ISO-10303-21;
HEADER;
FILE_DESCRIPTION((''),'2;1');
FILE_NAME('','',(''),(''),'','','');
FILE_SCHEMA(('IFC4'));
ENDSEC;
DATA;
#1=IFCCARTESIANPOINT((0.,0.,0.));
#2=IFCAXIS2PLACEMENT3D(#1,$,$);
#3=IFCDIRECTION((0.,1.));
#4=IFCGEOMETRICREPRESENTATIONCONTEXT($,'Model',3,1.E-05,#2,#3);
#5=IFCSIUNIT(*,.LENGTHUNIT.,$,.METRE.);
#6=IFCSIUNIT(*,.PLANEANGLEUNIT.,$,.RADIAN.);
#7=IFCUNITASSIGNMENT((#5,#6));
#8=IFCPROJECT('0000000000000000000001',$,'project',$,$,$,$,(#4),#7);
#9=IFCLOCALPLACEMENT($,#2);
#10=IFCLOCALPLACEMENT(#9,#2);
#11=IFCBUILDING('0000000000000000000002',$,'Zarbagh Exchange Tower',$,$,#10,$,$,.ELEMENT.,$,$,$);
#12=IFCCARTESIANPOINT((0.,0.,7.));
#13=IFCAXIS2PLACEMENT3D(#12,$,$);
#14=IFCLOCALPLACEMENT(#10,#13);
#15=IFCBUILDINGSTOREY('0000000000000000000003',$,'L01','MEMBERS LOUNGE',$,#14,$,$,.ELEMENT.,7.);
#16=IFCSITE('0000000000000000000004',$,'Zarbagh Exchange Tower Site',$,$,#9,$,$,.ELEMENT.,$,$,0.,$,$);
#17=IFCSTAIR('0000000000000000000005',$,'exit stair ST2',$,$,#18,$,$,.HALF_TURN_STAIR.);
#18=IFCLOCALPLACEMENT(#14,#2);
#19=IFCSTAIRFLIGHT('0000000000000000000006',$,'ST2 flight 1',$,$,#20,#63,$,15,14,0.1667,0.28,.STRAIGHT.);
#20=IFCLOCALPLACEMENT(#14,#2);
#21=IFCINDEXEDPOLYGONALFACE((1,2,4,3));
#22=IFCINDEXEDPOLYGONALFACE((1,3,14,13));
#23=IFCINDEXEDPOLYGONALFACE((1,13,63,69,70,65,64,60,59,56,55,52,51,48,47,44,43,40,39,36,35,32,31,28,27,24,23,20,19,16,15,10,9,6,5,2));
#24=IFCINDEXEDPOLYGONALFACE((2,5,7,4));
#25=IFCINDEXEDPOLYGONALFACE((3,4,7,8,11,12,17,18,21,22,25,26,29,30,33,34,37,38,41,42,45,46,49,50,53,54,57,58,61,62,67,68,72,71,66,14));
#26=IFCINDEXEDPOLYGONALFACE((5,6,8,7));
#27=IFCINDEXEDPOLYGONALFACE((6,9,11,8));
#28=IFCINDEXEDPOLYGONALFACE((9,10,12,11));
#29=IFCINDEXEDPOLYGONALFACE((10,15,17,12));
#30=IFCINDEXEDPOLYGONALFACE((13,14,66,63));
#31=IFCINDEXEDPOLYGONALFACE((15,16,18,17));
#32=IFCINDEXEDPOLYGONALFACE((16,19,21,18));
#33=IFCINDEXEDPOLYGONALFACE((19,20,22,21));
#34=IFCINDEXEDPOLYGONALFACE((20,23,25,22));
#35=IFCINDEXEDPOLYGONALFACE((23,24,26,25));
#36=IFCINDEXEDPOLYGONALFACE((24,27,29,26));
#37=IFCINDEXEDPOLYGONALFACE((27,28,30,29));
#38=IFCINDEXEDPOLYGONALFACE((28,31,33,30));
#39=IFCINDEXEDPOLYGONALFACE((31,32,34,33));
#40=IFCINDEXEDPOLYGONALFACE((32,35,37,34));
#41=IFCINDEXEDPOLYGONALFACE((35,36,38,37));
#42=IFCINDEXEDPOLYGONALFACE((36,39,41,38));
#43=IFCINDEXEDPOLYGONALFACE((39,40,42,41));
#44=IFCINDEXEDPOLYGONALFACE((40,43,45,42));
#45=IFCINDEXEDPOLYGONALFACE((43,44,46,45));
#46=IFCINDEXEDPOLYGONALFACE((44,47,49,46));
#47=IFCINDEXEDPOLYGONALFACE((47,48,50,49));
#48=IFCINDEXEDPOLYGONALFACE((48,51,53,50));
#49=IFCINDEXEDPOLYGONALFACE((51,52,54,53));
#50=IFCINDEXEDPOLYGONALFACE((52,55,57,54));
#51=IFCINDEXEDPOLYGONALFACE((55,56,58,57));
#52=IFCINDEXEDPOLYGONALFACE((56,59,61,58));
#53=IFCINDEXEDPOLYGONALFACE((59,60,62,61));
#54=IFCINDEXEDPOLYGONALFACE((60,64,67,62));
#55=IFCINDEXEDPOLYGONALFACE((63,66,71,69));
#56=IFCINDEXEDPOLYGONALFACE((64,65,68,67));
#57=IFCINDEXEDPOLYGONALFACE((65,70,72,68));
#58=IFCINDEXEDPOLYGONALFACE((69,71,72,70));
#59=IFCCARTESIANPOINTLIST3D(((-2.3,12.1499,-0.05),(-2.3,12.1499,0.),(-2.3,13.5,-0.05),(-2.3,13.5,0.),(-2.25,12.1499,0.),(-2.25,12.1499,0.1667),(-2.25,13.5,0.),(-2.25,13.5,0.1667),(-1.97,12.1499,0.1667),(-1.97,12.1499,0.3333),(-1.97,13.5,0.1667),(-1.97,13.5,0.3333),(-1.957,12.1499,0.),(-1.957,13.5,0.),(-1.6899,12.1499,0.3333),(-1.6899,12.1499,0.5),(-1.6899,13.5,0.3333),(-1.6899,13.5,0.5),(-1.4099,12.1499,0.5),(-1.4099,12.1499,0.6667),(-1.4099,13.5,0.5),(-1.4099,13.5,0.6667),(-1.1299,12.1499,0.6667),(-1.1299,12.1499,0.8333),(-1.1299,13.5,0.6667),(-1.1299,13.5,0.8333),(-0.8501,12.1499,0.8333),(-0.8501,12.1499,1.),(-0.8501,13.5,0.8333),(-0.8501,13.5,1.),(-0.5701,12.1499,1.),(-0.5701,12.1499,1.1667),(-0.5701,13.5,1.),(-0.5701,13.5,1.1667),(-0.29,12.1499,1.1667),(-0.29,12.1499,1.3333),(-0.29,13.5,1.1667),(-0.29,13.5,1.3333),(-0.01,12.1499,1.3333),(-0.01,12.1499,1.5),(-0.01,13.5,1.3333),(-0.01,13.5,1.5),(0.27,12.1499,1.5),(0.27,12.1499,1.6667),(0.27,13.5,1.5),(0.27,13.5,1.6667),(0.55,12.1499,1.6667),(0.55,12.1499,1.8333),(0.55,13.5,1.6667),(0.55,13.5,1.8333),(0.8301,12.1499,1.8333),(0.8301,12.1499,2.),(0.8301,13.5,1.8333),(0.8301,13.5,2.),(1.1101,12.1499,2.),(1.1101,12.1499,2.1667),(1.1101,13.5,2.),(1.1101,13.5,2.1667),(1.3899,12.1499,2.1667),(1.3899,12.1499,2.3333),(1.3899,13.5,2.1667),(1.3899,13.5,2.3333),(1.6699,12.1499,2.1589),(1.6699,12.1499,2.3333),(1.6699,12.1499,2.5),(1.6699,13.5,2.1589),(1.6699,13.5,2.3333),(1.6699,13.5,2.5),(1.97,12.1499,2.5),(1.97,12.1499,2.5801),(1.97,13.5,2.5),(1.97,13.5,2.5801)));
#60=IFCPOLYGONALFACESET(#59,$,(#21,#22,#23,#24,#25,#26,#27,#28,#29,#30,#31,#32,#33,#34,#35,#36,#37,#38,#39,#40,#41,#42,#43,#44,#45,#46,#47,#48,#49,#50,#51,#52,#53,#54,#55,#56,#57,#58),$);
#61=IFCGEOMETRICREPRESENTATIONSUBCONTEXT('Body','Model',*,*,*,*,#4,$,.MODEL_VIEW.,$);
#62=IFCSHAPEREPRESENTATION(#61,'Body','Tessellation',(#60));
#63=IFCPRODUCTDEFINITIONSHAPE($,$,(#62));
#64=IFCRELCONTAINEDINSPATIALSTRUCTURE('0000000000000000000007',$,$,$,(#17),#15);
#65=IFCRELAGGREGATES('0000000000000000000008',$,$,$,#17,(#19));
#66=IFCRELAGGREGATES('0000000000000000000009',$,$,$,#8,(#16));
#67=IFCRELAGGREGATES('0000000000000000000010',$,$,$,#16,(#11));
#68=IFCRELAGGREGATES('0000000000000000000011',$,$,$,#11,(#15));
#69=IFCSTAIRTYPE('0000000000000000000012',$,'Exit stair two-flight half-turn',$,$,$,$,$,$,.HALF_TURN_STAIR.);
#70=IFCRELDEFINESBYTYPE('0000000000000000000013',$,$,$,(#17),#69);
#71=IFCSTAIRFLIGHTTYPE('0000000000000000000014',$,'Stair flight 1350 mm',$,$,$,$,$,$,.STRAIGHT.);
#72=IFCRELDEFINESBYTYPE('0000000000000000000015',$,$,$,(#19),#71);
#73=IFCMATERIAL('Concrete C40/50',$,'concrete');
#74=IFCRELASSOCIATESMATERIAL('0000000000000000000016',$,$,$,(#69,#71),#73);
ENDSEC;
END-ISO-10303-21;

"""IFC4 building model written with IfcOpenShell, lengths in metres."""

from ifc_helpers import new_model, si_unit, direction, frame, origin, place, context, subcontext, project, spatial, polyline, outline, extrude, material, type_object, element, aggregate, save


model = new_model("IFC4")

# Units and contexts
model_context = context("Model", 3, precision=1e-05, world=origin(), true_north=direction((0.0, 1.0)))
body_context = subcontext(model_context, "Body", "Model", "MODEL_VIEW")
ifc_project = project(units=[si_unit("LENGTHUNIT", "METRE"), si_unit("PLANEANGLEUNIT", "RADIAN")], contexts=[model_context])

# Site, building, storey
site_placement = place(None, origin())
site = spatial("IfcSite", under=ifc_project, at=site_placement, Name="Zarbagh Exchange Tower Site", CompositionType="ELEMENT", RefElevation=0.0)
building_placement = place(site_placement, origin())
building = spatial("IfcBuilding", under=site, at=building_placement, Name="Zarbagh Exchange Tower", CompositionType="ELEMENT")
storey_placement = place(building_placement, frame((0.0, 0.0, 7.0)))
storey = spatial("IfcBuildingStorey", under=building, at=storey_placement, Name="L01", Description="MEMBERS LOUNGE", CompositionType="ELEMENT", Elevation=7.0)

# Shared definitions
ifc_material_1 = material(Name="Concrete C40/50", Category="concrete")

# Stair, stair flight
stair_type = type_object("IfcStairType", Name="Exit stair two-flight half-turn", PredefinedType="HALF_TURN_STAIR", material=ifc_material_1)
stair_flight_type = type_object("IfcStairFlightType", Name="Stair flight 1350 mm", PredefinedType="STRAIGHT", material=ifc_material_1)
stair_1_placement = place(storey_placement, origin())
stair_1 = element("IfcStair", 1, at=stair_1_placement, inside=storey, type_object=stair_type, Name="exit stair ST2", PredefinedType="HALF_TURN_STAIR")
stair_flight_1_placement = place(storey_placement, frame((-2.25, 12.825, 0.0), z_axis=(0.0, 0.0, 1.0), x_axis=(1.0, 0.0, 0.0)))
stair_flight_1 = element("IfcStairFlight", 2, at=stair_flight_1_placement, type_object=stair_flight_type, Name="ST2 flight 1", NumberOfRisers=15, NumberOfTreads=14, PredefinedType="STRAIGHT", RiserHeight=0.1667, TreadLength=0.28, context=body_context, shape_type="SweptSolid", body=[
    extrude(outline(polyline([(-0.05, -0.05), (-0.05, 0.0), (0.0, 0.0), (0.0, 0.1667), (0.28, 0.1667), (0.28, 0.3333), (0.5601, 0.3333), (0.5601, 0.5), (0.8401, 0.5), (0.8401, 0.6667), (1.1201, 0.6667), (1.1201, 0.8333), (1.3999, 0.8333), (1.3999, 1.0), (1.6799, 1.0), (1.6799, 1.1667), (1.96, 1.1667), (1.96, 1.3333), (2.24, 1.3333), (2.24, 1.5), (2.52, 1.5), (2.52, 1.6667), (2.8, 1.6667), (2.8, 1.8333), (3.0801, 1.8333), (3.0801, 2.0), (3.3601, 2.0), (3.3601, 2.1667), (3.6399, 2.1667), (3.6399, 2.3333), (3.9199, 2.3333), (3.9199, 2.5), (4.22, 2.5801), (4.22, 2.5), (3.9199, 2.1589), (0.293, 0.0), (-0.05, -0.05)])), frame((0.0, 0.675, 0.0), z_axis=(0.0, -1.0, 0.0), x_axis=(1.0, 0.0, 0.0)), (0.0, 0.0, 1.0), 1.3501),
])
aggregate(stair_1, [stair_flight_1])

save(model, "model.ifc")
